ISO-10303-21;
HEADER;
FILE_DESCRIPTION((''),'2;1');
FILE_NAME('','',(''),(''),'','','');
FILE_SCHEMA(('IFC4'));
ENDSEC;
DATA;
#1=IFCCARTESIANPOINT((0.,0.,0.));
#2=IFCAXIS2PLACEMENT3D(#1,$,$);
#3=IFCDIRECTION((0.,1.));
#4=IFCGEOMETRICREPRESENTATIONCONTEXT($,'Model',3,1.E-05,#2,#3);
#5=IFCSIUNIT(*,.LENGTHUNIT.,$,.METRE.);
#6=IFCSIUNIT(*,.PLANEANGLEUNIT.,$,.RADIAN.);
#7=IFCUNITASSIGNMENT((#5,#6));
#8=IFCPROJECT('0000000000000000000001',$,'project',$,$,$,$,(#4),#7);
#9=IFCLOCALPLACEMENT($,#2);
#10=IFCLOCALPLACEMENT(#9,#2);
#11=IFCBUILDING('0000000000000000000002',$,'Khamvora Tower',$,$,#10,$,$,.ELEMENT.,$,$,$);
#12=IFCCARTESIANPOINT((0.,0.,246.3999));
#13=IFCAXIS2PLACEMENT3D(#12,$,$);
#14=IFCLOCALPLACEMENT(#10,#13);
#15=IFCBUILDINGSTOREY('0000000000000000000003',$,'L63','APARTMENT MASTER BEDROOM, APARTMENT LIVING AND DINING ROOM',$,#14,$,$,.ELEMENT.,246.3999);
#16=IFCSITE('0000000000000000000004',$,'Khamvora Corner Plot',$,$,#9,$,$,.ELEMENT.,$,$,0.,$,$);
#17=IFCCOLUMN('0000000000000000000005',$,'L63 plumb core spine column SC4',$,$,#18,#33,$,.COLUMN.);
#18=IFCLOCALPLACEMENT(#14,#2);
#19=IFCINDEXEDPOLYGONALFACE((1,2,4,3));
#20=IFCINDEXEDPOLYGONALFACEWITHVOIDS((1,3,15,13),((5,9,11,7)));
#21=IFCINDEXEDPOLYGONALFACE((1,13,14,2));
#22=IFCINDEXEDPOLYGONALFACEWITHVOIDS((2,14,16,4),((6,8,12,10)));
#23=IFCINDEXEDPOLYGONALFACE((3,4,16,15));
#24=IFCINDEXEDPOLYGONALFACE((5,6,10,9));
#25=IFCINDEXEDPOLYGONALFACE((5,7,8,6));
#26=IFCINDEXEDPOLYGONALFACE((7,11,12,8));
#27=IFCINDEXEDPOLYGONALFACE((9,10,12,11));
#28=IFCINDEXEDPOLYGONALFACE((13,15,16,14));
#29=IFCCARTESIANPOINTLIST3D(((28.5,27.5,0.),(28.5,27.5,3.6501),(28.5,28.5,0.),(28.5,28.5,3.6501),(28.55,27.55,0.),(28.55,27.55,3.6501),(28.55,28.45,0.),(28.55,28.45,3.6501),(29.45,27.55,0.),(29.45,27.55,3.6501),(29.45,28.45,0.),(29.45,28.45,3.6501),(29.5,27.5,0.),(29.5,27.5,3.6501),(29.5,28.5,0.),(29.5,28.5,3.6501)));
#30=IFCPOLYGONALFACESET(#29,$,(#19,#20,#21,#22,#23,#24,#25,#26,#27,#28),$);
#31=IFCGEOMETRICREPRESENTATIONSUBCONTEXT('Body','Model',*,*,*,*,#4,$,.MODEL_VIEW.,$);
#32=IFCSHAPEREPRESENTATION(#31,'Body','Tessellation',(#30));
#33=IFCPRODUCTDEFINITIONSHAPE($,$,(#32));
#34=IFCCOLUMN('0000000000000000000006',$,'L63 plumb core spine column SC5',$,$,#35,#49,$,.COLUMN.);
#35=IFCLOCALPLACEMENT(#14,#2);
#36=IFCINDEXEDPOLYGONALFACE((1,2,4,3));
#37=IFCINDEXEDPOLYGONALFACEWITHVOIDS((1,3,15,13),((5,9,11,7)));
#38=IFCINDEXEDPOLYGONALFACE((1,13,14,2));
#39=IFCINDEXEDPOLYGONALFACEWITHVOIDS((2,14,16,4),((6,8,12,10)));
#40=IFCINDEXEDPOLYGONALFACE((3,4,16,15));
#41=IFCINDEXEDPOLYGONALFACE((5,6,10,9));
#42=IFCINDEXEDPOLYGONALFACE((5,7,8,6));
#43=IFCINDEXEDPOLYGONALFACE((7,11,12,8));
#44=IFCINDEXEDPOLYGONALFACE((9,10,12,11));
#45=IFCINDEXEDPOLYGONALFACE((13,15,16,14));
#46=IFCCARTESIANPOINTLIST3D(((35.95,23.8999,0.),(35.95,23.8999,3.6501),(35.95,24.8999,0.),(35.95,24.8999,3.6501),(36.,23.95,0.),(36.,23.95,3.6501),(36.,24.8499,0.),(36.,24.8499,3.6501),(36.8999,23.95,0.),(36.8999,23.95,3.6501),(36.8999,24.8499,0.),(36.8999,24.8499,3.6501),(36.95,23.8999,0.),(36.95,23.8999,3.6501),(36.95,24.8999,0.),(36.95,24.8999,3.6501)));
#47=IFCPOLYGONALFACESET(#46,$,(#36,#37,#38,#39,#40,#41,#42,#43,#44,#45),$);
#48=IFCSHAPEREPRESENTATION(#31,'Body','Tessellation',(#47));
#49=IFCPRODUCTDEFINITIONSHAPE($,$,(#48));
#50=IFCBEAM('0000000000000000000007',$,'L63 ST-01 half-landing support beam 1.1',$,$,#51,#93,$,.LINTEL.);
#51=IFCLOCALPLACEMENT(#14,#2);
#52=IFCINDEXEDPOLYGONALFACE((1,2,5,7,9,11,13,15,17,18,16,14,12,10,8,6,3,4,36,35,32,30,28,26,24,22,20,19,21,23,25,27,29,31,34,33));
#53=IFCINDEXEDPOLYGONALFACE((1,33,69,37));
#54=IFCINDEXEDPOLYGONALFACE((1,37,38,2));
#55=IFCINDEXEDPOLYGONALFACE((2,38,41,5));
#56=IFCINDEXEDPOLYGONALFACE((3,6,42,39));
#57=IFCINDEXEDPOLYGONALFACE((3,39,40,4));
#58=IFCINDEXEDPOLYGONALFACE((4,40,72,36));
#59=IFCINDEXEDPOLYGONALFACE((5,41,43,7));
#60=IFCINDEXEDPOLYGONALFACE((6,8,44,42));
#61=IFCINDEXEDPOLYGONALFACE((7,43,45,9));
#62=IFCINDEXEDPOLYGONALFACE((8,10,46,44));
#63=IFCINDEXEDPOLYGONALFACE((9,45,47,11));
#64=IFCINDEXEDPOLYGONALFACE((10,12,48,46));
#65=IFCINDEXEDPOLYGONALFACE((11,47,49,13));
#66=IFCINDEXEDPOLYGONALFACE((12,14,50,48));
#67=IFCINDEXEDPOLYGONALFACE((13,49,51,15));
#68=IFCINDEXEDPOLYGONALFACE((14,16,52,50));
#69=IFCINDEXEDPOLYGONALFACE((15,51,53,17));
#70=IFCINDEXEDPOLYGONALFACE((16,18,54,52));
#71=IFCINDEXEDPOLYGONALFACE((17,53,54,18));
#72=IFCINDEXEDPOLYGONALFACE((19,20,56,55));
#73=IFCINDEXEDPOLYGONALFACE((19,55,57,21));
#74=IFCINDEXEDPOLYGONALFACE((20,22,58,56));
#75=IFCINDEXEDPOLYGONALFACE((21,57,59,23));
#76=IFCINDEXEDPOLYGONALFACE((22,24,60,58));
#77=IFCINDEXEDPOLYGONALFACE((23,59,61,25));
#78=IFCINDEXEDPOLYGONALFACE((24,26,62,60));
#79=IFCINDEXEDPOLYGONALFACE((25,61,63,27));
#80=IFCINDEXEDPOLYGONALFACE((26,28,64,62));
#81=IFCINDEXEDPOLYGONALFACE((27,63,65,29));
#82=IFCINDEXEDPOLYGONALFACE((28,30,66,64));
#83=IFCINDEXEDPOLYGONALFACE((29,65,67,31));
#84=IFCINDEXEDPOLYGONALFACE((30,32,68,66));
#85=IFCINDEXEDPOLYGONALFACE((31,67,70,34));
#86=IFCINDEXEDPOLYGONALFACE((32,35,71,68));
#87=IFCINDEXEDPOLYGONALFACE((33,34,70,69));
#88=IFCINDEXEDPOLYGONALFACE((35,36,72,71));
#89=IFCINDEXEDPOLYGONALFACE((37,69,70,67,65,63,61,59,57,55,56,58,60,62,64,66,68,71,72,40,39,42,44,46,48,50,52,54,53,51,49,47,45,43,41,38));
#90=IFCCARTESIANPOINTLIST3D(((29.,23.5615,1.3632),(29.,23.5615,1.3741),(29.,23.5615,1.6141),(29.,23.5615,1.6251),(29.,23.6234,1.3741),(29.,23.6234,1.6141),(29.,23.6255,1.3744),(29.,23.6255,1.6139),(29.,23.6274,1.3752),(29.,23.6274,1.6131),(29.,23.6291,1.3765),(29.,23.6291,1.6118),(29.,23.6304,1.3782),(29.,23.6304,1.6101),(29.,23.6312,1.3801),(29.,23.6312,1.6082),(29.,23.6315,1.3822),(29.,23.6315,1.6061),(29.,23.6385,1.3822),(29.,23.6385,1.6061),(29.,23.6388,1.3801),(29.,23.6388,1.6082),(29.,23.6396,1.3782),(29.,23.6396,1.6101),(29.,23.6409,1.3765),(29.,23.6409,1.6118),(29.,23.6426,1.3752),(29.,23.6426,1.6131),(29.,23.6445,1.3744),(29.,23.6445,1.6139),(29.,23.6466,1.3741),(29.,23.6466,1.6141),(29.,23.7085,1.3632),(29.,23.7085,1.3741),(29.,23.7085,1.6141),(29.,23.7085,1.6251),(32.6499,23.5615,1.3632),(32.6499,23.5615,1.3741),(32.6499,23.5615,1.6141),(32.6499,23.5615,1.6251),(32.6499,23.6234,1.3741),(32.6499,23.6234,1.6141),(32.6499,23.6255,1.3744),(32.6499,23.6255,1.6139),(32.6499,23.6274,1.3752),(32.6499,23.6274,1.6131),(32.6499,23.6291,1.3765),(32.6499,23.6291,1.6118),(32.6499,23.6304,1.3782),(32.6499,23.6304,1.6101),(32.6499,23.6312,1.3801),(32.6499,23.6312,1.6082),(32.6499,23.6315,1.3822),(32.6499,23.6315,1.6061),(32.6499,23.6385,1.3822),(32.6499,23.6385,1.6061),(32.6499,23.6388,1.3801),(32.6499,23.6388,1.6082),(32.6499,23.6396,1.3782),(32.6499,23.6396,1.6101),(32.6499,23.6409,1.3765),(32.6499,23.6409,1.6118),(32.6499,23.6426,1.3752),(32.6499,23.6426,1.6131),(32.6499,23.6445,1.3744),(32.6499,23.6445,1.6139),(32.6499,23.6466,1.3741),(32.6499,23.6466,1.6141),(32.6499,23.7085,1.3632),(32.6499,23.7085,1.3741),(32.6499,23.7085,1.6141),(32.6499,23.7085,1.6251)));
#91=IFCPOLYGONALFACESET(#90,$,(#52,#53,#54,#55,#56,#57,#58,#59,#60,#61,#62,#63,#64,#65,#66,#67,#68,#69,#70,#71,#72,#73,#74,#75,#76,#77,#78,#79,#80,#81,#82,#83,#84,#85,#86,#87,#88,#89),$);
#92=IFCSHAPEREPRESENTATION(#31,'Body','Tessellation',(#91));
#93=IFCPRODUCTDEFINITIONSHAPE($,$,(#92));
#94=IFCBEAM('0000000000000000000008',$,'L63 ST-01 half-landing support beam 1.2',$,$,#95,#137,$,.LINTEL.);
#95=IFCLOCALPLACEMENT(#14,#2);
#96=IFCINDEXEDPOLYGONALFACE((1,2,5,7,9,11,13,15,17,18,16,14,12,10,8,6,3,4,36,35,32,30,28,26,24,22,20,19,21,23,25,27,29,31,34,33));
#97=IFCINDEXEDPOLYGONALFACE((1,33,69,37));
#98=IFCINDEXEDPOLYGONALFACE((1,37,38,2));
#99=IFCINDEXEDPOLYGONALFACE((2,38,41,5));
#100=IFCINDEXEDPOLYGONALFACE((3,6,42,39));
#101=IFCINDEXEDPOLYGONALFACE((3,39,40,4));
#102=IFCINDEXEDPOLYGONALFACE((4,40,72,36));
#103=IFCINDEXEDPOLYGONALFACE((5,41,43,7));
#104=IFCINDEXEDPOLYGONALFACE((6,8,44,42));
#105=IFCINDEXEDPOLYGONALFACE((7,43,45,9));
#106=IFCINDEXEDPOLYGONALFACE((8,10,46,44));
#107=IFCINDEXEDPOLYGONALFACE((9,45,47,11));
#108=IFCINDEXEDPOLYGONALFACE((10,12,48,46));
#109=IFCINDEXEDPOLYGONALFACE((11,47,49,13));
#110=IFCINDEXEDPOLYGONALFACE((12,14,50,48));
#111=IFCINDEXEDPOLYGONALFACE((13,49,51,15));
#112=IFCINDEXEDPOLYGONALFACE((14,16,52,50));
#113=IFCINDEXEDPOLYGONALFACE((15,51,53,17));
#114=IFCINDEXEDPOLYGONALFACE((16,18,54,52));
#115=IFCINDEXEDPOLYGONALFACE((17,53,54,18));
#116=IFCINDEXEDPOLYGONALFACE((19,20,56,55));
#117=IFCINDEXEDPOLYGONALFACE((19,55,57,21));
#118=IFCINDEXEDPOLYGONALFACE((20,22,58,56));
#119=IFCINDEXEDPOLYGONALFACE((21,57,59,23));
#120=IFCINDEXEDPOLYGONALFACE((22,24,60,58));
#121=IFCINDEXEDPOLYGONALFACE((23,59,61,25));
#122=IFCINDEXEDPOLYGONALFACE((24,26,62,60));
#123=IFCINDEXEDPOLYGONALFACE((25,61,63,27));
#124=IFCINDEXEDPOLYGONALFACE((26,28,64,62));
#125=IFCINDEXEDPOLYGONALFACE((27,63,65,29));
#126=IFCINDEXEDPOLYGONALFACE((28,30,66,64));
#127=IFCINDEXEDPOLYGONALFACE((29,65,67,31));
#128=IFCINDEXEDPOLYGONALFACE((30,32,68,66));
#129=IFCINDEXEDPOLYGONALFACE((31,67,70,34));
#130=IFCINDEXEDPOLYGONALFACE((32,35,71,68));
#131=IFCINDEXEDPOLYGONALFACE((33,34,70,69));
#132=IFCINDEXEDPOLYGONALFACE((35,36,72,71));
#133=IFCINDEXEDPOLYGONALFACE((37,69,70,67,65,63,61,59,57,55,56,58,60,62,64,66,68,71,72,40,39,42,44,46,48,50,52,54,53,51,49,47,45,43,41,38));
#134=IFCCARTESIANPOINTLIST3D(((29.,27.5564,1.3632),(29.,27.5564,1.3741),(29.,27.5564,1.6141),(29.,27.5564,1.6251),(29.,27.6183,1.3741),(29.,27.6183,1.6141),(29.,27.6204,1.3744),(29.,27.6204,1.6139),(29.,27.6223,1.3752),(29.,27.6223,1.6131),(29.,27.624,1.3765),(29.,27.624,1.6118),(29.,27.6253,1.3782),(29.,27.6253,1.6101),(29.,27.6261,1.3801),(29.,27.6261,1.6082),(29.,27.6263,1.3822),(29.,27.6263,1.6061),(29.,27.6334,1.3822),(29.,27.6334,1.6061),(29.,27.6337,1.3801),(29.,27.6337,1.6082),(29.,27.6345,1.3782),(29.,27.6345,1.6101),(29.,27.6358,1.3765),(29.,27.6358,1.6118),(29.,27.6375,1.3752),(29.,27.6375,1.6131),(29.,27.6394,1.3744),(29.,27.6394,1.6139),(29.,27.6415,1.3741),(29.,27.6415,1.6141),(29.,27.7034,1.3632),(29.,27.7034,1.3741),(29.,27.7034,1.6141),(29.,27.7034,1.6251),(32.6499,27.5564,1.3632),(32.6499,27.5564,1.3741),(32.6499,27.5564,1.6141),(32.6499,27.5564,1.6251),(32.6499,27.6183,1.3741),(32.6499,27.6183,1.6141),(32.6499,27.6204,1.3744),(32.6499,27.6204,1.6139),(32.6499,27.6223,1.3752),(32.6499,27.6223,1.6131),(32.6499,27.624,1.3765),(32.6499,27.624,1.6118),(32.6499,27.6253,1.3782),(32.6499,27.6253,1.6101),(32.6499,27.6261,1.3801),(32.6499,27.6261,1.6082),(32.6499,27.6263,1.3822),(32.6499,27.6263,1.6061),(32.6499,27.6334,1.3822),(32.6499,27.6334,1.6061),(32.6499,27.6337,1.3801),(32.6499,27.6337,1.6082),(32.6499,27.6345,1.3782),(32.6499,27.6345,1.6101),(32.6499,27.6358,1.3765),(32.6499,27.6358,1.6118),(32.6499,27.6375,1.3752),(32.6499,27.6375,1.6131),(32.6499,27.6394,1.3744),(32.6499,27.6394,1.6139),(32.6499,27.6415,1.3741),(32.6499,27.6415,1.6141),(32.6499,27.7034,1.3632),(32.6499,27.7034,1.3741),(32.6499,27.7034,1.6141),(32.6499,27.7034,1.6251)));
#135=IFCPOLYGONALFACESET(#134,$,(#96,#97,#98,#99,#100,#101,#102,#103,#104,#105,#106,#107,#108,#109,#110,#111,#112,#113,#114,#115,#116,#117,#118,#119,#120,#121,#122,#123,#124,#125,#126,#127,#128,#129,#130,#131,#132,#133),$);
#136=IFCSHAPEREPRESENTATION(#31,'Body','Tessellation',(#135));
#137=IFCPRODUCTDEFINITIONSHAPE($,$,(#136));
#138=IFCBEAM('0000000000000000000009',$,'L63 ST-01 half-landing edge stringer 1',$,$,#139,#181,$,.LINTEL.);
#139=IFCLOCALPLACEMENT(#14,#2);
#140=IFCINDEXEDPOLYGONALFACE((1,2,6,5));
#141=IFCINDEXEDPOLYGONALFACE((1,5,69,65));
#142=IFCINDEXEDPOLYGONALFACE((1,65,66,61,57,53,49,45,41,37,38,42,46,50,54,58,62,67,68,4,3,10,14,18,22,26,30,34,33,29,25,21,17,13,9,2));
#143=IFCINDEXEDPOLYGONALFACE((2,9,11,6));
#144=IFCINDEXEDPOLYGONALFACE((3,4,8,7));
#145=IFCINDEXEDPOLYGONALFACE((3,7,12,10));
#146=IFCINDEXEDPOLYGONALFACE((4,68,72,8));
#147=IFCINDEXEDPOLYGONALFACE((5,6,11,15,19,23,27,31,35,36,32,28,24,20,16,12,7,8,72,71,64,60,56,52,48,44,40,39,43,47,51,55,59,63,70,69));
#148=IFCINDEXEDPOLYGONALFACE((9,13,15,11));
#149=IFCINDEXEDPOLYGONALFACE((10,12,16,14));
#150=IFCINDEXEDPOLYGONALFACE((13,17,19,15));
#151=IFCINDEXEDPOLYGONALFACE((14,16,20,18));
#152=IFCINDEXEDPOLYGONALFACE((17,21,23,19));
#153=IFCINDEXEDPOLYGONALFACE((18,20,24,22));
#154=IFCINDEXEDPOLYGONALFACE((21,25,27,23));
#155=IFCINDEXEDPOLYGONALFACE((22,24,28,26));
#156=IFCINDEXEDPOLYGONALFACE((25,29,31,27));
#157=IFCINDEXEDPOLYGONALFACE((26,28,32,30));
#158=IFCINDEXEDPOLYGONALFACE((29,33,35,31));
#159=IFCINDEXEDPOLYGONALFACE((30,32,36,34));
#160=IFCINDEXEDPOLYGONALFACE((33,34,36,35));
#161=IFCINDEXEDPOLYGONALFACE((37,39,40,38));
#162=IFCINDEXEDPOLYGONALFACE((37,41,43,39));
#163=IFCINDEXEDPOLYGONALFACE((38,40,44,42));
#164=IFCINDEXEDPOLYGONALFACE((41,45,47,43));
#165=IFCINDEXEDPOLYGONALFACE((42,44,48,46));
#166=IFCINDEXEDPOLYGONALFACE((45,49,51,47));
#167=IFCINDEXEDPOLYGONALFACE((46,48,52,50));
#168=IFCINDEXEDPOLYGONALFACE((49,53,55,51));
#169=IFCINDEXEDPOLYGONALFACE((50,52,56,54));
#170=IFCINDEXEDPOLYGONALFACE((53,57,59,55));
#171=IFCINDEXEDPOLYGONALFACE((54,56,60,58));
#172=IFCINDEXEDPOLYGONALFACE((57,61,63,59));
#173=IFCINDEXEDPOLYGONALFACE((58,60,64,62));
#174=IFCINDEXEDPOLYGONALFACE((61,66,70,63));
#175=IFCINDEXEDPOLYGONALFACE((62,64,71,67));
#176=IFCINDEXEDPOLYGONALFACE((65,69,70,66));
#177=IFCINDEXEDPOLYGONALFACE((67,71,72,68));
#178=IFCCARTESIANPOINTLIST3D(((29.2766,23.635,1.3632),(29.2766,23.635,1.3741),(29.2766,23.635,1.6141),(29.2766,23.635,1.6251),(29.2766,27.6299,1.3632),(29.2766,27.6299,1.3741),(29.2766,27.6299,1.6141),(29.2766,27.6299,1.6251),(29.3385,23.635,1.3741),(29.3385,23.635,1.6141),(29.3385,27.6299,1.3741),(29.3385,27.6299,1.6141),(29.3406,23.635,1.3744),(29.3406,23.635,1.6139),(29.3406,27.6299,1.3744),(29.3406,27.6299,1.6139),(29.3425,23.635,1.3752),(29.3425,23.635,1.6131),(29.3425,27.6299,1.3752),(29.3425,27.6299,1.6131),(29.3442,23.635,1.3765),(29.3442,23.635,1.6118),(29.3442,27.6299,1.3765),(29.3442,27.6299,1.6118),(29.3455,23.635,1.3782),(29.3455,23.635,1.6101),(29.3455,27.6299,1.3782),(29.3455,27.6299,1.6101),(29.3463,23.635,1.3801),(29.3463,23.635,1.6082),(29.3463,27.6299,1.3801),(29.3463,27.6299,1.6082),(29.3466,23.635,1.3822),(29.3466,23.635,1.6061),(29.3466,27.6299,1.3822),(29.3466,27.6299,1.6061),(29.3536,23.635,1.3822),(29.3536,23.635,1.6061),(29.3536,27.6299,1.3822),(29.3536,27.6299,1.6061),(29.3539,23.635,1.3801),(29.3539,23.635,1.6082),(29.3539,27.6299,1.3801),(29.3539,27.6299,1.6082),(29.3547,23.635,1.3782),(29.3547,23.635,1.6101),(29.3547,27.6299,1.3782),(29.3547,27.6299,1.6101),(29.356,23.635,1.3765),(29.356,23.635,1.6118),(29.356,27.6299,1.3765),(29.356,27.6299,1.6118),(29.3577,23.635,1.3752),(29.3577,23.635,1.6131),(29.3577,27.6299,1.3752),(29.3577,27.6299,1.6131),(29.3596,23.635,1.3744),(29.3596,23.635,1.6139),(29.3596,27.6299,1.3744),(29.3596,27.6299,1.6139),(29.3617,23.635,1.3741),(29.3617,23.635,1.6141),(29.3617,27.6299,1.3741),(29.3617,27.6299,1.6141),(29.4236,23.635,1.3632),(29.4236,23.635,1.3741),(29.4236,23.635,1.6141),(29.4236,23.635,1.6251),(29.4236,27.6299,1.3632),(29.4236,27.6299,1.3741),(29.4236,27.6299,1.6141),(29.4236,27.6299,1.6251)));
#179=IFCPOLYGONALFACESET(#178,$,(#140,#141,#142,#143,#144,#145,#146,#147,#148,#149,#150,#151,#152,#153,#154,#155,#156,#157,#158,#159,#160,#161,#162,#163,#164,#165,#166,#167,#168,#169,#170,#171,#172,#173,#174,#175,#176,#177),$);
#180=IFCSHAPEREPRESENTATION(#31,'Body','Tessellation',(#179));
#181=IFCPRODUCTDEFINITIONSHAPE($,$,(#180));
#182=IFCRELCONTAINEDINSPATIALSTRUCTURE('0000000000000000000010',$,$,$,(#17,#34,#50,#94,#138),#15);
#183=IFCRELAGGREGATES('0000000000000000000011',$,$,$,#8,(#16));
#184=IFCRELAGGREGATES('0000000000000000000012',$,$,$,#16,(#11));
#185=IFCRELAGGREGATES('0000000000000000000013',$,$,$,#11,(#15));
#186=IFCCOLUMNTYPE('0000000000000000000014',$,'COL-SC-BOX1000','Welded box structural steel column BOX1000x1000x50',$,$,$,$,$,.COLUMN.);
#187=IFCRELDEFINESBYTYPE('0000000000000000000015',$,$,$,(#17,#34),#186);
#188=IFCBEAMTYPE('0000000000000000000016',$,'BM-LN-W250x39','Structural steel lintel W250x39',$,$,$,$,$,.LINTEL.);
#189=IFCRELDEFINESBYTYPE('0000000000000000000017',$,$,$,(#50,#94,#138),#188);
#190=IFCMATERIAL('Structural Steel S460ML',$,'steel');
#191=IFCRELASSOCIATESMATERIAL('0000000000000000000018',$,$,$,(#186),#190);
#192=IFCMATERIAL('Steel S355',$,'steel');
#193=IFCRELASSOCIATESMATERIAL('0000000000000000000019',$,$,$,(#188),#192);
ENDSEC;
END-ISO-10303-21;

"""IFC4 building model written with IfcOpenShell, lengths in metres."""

from ifc_helpers import new_model, si_unit, direction, frame, origin, origin_2d, place, context, subcontext, project, spatial, hollow_rectangle, i_section, extrude, material, material_profile, profile_set, type_object, element, save


model = new_model("IFC4")

# Units and contexts
model_context = context("Model", 3, precision=1e-05, world=origin(), true_north=direction((0.0, 1.0)))
body_context = subcontext(model_context, "Body", "Model", "MODEL_VIEW")
ifc_project = project(units=[si_unit("LENGTHUNIT", "METRE"), si_unit("PLANEANGLEUNIT", "RADIAN")], contexts=[model_context])

# Site, building, storey
site_placement = place(None, origin())
site = spatial("IfcSite", under=ifc_project, at=site_placement, Name="Khamvora Corner Plot", CompositionType="ELEMENT", RefElevation=0.0)
building_placement = place(site_placement, origin())
building = spatial("IfcBuilding", under=site, at=building_placement, Name="Khamvora Tower", CompositionType="ELEMENT")
storey_placement = place(building_placement, frame((0.0, 0.0, 246.3999)))
storey = spatial("IfcBuildingStorey", under=building, at=storey_placement, Name="L63", Description="APARTMENT MASTER BEDROOM, APARTMENT LIVING AND DINING ROOM", CompositionType="ELEMENT", Elevation=246.3999)

# Columns
ifc_material_1 = material(Name="Structural Steel S460ML", Category="steel")
ifc_material_profile_1 = material_profile(ifc_material_1, hollow_rectangle(XDim=1.0, YDim=1.0, WallThickness=0.05, at=origin_2d()), Name="BOX1000x1000x50")
ifc_profile_set_1 = profile_set([ifc_material_profile_1], Name="Structural Steel S460ML")
column_type = type_object("IfcColumnType", Name="COL-SC-BOX1000", Description="Welded box structural steel column BOX1000x1000x50", PredefinedType="COLUMN", material=ifc_profile_set_1)
for number, where, z_axis, x_axis, name in (
    (1, (29.0, 28.0, 0.0), (0.0, 0.0, 1.0), (1.0, 0.0, 0.0), "L63 plumb core spine column SC4"),
    (2, (36.45, 24.3999, 0.0), (0.0, 0.0, 1.0), (1.0, 0.0, 0.0), "L63 plumb core spine column SC5"),
):
    element("IfcColumn", number, at=place(storey_placement, frame(where, z_axis=z_axis, x_axis=x_axis)), inside=storey, type_object=column_type, Name=name, PredefinedType="COLUMN", context=body_context, shape_type="SweptSolid", body=[
        extrude(hollow_rectangle(XDim=1.0, YDim=1.0, WallThickness=0.05, at=origin_2d()), origin(), (0.0, 0.0, 1.0), 3.6501),
    ])

# Beams
ifc_material_2 = material(Name="Steel S355", Category="steel")
ifc_material_profile_2 = material_profile(ifc_material_2, i_section(OverallWidth=0.147, OverallDepth=0.262, WebThickness=0.0071, FlangeThickness=0.011, FilletRadius=0.0081, at=origin_2d()), Name="W250x39")
ifc_profile_set_2 = profile_set([ifc_material_profile_2], Name="Steel S355")
beam_type_1 = type_object("IfcBeamType", Name="BM-LN-W250x39", Description="Structural steel lintel W250x39", PredefinedType="LINTEL", material=ifc_profile_set_2)
for number, where, z_axis, x_axis, name in (
    (3, (29.0, 23.635, 1.4941), (1.0, 0.0, 0.0), (0.0, 1.0, 0.0), "L63 ST-01 half-landing support beam 1.1"),
    (4, (29.0, 27.6299, 1.4941), (1.0, 0.0, 0.0), (0.0, 1.0, 0.0), "L63 ST-01 half-landing support beam 1.2"),
):
    element("IfcBeam", number, at=place(storey_placement, frame(where, z_axis=z_axis, x_axis=x_axis)), inside=storey, type_object=beam_type_1, Name=name, PredefinedType="LINTEL", context=body_context, shape_type="SweptSolid", body=[
        extrude(i_section(OverallWidth=0.147, OverallDepth=0.262, WebThickness=0.0071, FlangeThickness=0.011, FilletRadius=0.0081, at=origin_2d()), origin(), (0.0, 0.0, 1.0), 3.6499),
    ])
beam_1_placement = place(storey_placement, frame((29.3501, 23.635, 1.4941), z_axis=(0.0, 1.0, 0.0), x_axis=(-1.0, 0.0, 0.0)))
element("IfcBeam", 5, at=beam_1_placement, inside=storey, type_object=beam_type_1, Name="L63 ST-01 half-landing edge stringer 1", PredefinedType="LINTEL", context=body_context, shape_type="SweptSolid", body=[
    extrude(i_section(OverallWidth=0.147, OverallDepth=0.262, WebThickness=0.0071, FlangeThickness=0.011, FilletRadius=0.0081, at=origin_2d()), origin(), (0.0, 0.0, 1.0), 3.9949),
])

save(model, "model.ifc")
